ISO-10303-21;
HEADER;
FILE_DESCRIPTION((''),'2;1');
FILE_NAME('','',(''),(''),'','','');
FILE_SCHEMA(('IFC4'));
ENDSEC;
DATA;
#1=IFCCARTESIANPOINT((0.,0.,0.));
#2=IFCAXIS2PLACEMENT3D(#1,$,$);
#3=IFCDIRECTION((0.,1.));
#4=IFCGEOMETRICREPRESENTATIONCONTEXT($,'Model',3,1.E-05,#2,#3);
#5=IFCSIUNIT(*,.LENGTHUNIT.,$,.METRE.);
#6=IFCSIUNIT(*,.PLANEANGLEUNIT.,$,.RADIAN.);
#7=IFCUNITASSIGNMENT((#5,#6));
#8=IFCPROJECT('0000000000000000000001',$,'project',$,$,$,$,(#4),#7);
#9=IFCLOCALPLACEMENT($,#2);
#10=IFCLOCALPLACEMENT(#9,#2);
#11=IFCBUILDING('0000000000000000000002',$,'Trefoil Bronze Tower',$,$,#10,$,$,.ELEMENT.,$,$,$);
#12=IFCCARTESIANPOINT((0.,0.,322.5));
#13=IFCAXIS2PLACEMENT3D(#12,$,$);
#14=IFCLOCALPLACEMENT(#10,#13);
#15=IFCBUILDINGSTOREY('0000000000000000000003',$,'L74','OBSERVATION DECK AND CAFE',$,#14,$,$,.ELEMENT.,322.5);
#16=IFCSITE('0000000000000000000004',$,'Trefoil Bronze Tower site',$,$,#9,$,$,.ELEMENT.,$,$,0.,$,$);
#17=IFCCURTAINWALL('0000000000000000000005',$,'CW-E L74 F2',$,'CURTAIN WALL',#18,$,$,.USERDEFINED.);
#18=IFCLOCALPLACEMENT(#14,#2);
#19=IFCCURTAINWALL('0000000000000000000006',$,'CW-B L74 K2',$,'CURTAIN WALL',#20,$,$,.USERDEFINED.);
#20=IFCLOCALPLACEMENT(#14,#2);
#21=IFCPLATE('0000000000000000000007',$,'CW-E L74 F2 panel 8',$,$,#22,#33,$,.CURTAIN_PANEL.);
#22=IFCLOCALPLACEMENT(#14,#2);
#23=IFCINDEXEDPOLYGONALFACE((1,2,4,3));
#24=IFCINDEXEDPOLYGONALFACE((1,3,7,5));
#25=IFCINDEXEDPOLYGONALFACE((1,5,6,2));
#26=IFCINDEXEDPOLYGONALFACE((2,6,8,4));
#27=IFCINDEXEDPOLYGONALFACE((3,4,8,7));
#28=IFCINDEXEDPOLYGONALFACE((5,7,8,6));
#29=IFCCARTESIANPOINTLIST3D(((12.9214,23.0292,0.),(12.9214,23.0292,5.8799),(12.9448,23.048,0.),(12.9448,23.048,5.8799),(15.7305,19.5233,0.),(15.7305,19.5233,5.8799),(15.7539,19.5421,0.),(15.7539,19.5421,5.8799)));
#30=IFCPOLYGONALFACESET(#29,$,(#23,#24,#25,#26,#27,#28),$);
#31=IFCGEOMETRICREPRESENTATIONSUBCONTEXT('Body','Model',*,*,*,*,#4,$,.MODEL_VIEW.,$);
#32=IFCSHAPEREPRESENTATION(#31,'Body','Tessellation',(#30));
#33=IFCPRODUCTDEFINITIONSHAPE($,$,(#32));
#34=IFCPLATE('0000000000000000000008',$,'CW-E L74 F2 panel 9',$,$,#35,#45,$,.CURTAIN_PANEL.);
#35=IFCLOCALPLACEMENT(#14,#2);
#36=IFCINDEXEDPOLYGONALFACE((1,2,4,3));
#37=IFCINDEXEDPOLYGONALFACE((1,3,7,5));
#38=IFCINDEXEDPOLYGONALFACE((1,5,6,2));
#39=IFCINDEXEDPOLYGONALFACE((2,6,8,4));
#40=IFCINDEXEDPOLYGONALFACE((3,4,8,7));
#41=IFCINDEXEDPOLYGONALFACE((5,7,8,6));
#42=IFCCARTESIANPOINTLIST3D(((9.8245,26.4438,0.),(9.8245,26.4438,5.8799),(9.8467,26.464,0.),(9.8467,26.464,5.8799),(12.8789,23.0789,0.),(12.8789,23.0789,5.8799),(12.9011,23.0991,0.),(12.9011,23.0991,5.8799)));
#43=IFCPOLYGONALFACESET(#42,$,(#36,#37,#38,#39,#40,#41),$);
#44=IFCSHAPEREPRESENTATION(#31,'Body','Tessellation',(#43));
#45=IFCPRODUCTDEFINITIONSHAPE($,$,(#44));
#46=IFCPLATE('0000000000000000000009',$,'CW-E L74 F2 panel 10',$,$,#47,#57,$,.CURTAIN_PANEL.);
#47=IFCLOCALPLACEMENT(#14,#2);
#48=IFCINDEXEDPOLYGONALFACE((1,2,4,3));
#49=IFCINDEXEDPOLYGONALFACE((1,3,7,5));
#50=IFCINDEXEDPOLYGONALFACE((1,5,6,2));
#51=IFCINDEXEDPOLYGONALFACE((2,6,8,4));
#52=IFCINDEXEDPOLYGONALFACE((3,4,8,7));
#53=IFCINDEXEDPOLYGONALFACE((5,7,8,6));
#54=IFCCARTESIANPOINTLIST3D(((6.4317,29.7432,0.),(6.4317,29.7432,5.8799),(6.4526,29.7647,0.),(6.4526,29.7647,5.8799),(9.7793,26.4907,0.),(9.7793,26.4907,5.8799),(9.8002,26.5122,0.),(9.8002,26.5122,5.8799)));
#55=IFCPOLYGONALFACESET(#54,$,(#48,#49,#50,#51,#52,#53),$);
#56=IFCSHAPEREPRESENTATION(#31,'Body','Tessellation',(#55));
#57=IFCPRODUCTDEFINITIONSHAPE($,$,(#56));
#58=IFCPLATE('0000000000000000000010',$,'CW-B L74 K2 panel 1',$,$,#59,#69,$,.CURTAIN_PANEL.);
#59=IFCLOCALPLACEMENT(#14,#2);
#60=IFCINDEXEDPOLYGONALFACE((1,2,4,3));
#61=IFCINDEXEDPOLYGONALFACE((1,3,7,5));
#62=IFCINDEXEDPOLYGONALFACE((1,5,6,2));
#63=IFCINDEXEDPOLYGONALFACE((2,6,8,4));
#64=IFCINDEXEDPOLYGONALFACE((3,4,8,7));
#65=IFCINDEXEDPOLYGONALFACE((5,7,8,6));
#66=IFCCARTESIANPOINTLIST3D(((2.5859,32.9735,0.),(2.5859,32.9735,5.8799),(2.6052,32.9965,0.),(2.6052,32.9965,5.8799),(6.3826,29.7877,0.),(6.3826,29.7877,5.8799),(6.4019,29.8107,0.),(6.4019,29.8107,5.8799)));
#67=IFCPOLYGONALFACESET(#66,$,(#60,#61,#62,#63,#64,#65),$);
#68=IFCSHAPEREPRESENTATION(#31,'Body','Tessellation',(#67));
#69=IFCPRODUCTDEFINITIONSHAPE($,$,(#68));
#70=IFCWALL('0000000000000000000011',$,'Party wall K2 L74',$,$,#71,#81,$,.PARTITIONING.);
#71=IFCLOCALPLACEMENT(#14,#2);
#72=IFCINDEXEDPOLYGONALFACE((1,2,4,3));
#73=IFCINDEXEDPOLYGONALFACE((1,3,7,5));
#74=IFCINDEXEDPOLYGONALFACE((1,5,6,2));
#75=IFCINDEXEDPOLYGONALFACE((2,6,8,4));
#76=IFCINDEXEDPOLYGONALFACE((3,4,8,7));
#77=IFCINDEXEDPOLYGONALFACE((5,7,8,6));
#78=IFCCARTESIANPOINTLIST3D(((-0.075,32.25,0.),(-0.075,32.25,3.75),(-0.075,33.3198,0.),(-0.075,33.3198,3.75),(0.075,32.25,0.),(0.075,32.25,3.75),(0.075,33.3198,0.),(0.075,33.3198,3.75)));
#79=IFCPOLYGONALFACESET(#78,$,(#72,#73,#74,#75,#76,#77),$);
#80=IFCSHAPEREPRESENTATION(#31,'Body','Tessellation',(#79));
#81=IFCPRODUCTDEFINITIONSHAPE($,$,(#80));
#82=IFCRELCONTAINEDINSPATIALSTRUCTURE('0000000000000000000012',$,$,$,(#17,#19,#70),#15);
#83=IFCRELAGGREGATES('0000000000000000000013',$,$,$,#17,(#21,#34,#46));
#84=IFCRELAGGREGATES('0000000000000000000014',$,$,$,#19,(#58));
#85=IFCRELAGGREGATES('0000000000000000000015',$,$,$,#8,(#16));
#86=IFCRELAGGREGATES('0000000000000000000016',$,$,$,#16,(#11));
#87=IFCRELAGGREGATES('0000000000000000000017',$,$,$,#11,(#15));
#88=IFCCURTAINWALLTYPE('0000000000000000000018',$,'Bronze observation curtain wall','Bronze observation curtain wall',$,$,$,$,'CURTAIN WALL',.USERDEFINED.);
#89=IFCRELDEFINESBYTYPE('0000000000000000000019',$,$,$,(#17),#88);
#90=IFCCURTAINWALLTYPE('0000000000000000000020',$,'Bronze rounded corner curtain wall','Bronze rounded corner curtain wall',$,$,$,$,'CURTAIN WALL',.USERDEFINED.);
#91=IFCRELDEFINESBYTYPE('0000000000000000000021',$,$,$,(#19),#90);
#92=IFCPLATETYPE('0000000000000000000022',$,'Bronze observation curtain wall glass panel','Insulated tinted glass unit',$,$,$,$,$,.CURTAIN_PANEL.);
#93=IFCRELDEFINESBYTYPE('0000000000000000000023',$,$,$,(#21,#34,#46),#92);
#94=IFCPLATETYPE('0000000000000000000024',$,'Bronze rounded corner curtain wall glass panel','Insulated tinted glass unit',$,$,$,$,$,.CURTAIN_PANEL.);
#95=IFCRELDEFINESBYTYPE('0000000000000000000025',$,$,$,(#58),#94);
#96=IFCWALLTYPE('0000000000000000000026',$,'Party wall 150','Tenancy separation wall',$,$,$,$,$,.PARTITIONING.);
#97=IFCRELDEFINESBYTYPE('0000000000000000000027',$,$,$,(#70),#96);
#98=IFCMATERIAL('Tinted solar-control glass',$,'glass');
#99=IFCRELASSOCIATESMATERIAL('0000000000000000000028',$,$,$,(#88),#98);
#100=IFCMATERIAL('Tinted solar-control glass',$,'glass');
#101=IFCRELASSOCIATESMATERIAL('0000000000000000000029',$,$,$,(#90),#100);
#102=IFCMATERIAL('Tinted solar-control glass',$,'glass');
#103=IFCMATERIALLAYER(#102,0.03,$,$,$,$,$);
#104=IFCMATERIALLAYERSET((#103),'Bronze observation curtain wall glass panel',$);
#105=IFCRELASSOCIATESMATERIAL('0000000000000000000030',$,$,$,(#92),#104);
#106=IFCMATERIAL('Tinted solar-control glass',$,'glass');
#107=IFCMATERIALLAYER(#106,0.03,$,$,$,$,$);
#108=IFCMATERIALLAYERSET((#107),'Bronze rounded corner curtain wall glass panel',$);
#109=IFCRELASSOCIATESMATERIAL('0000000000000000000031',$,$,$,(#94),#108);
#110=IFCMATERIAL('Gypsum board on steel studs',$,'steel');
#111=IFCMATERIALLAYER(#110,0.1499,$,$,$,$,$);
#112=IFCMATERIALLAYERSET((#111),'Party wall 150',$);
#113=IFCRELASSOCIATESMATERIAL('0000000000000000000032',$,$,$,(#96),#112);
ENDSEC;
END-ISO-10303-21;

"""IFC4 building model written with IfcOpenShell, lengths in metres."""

from ifc_helpers import new_model, si_unit, direction, frame, frame_2d, origin, origin_2d, place, context, subcontext, project, spatial, rectangle, extrude, material, layer, layer_set, type_object, element, aggregate, save


model = new_model("IFC4")

# Units and contexts
model_context = context("Model", 3, precision=1e-05, world=origin(), true_north=direction((0.0, 1.0)))
body_context = subcontext(model_context, "Body", "Model", "MODEL_VIEW")
ifc_project = project(units=[si_unit("LENGTHUNIT", "METRE"), si_unit("PLANEANGLEUNIT", "RADIAN")], contexts=[model_context])

# Site, building, storey
site_placement = place(None, origin())
site = spatial("IfcSite", under=ifc_project, at=site_placement, Name="Trefoil Bronze Tower site", CompositionType="ELEMENT", RefElevation=0.0)
building_placement = place(site_placement, origin())
building = spatial("IfcBuilding", under=site, at=building_placement, Name="Trefoil Bronze Tower", CompositionType="ELEMENT")
storey_placement = place(building_placement, frame((0.0, 0.0, 322.5)))
storey = spatial("IfcBuildingStorey", under=building, at=storey_placement, Name="L74", Description="OBSERVATION DECK AND CAFE", CompositionType="ELEMENT", Elevation=322.5)

# Curtain walls
ifc_material_1 = material(Name="Tinted solar-control glass", Category="glass")
curtain_wall_type_1 = type_object("IfcCurtainWallType", Name="Bronze observation curtain wall", Description="Bronze observation curtain wall", ElementType="CURTAIN WALL", PredefinedType="USERDEFINED", material=ifc_material_1)
curtain_wall_1_placement = place(storey_placement, origin())
curtain_wall_1 = element("IfcCurtainWall", 1, at=curtain_wall_1_placement, inside=storey, type_object=curtain_wall_type_1, Name="CW-E L74 F2", ObjectType="CURTAIN WALL", PredefinedType="USERDEFINED")
ifc_material_2 = material(Name="Tinted solar-control glass", Category="glass")
curtain_wall_type_2 = type_object("IfcCurtainWallType", Name="Bronze rounded corner curtain wall", Description="Bronze rounded corner curtain wall", ElementType="CURTAIN WALL", PredefinedType="USERDEFINED", material=ifc_material_2)
curtain_wall_2_placement = place(storey_placement, origin())
curtain_wall_2 = element("IfcCurtainWall", 2, at=curtain_wall_2_placement, inside=storey, type_object=curtain_wall_type_2, Name="CW-B L74 K2", ObjectType="CURTAIN WALL", PredefinedType="USERDEFINED")

# Plates
ifc_material_3 = material(Name="Tinted solar-control glass", Category="glass")
ifc_layer_1 = layer(ifc_material_3, 0.03)
ifc_layer_set_1 = layer_set([ifc_layer_1], Name="Bronze observation curtain wall glass panel")
plate_type_1 = type_object("IfcPlateType", Name="Bronze observation curtain wall glass panel", Description="Insulated tinted glass unit", PredefinedType="CURTAIN_PANEL", material=ifc_layer_set_1)
plate_1_placement = place(storey_placement, frame((14.3376, 21.2856, 0.0), z_axis=(0.0, 0.0, 1.0), x_axis=(-0.625287, 0.780395, 0.0)))
plate_1 = element("IfcPlate", 3, at=plate_1_placement, type_object=plate_type_1, Name="CW-E L74 F2 panel 8", PredefinedType="CURTAIN_PANEL", context=body_context, shape_type="SweptSolid", body=[
    extrude(rectangle(XDim=4.4924, YDim=0.03, at=origin_2d()), origin(), (0.0, 0.0, 1.0), 5.8799),
])
plate_2_placement = place(storey_placement, frame((11.3628, 24.7715, 0.0), z_axis=(0.0, 0.0, 1.0), x_axis=(-0.672115, 0.740447, 0.0)))
plate_2 = element("IfcPlate", 4, at=plate_2_placement, type_object=plate_type_1, Name="CW-E L74 F2 panel 9", PredefinedType="CURTAIN_PANEL", context=body_context, shape_type="SweptSolid", body=[
    extrude(rectangle(XDim=4.5444, YDim=0.03, at=origin_2d()), origin(), (0.0, 0.0, 1.0), 5.8799),
])
plate_3_placement = place(storey_placement, frame((8.116, 28.1277, 0.0), z_axis=(0.0, 0.0, 1.0), x_axis=(-0.717218, 0.696849, 0.0)))
plate_3 = element("IfcPlate", 5, at=plate_3_placement, type_object=plate_type_1, Name="CW-E L74 F2 panel 10", PredefinedType="CURTAIN_PANEL", context=body_context, shape_type="SweptSolid", body=[
    extrude(rectangle(XDim=4.6675, YDim=0.03, at=origin_2d()), origin(), (0.0, 0.0, 1.0), 5.8799),
])
aggregate(curtain_wall_1, [plate_1, plate_2, plate_3])
ifc_material_4 = material(Name="Tinted solar-control glass", Category="glass")
ifc_layer_2 = layer(ifc_material_4, 0.03)
ifc_layer_set_2 = layer_set([ifc_layer_2], Name="Bronze rounded corner curtain wall glass panel")
plate_type_2 = type_object("IfcPlateType", Name="Bronze rounded corner curtain wall glass panel", Description="Insulated tinted glass unit", PredefinedType="CURTAIN_PANEL", material=ifc_layer_set_2)
plate_4_placement = place(storey_placement, frame((4.4939, 31.3921, 0.0), z_axis=(0.0, 0.0, 1.0), x_axis=(-0.766044, 0.642788, 0.0)))
plate_4 = element("IfcPlate", 6, at=plate_4_placement, type_object=plate_type_2, Name="CW-B L74 K2 panel 1", PredefinedType="CURTAIN_PANEL", context=body_context, shape_type="SweptSolid", body=[
    extrude(rectangle(XDim=4.9563, YDim=0.03, at=origin_2d()), origin(), (0.0, 0.0, 1.0), 5.8799),
])
aggregate(curtain_wall_2, [plate_4])

# Wall
ifc_material_5 = material(Name="Gypsum board on steel studs", Category="steel")
ifc_layer_3 = layer(ifc_material_5, 0.1499)
ifc_layer_set_3 = layer_set([ifc_layer_3], Name="Party wall 150")
wall_type = type_object("IfcWallType", Name="Party wall 150", Description="Tenancy separation wall", PredefinedType="PARTITIONING", material=ifc_layer_set_3)
wall_placement = place(storey_placement, frame((0.0, 32.25, 0.0), z_axis=(0.0, 0.0, 1.0), x_axis=(0.0, 1.0, 0.0)))
element("IfcWall", 7, at=wall_placement, inside=storey, type_object=wall_type, Name="Party wall K2 L74", PredefinedType="PARTITIONING", context=body_context, shape_type="SweptSolid", body=[
    extrude(rectangle(XDim=1.0698, YDim=0.1499, at=frame_2d((0.5349, 0.0))), origin(), (0.0, 0.0, 1.0), 3.75),
])

save(model, "model.ifc")
